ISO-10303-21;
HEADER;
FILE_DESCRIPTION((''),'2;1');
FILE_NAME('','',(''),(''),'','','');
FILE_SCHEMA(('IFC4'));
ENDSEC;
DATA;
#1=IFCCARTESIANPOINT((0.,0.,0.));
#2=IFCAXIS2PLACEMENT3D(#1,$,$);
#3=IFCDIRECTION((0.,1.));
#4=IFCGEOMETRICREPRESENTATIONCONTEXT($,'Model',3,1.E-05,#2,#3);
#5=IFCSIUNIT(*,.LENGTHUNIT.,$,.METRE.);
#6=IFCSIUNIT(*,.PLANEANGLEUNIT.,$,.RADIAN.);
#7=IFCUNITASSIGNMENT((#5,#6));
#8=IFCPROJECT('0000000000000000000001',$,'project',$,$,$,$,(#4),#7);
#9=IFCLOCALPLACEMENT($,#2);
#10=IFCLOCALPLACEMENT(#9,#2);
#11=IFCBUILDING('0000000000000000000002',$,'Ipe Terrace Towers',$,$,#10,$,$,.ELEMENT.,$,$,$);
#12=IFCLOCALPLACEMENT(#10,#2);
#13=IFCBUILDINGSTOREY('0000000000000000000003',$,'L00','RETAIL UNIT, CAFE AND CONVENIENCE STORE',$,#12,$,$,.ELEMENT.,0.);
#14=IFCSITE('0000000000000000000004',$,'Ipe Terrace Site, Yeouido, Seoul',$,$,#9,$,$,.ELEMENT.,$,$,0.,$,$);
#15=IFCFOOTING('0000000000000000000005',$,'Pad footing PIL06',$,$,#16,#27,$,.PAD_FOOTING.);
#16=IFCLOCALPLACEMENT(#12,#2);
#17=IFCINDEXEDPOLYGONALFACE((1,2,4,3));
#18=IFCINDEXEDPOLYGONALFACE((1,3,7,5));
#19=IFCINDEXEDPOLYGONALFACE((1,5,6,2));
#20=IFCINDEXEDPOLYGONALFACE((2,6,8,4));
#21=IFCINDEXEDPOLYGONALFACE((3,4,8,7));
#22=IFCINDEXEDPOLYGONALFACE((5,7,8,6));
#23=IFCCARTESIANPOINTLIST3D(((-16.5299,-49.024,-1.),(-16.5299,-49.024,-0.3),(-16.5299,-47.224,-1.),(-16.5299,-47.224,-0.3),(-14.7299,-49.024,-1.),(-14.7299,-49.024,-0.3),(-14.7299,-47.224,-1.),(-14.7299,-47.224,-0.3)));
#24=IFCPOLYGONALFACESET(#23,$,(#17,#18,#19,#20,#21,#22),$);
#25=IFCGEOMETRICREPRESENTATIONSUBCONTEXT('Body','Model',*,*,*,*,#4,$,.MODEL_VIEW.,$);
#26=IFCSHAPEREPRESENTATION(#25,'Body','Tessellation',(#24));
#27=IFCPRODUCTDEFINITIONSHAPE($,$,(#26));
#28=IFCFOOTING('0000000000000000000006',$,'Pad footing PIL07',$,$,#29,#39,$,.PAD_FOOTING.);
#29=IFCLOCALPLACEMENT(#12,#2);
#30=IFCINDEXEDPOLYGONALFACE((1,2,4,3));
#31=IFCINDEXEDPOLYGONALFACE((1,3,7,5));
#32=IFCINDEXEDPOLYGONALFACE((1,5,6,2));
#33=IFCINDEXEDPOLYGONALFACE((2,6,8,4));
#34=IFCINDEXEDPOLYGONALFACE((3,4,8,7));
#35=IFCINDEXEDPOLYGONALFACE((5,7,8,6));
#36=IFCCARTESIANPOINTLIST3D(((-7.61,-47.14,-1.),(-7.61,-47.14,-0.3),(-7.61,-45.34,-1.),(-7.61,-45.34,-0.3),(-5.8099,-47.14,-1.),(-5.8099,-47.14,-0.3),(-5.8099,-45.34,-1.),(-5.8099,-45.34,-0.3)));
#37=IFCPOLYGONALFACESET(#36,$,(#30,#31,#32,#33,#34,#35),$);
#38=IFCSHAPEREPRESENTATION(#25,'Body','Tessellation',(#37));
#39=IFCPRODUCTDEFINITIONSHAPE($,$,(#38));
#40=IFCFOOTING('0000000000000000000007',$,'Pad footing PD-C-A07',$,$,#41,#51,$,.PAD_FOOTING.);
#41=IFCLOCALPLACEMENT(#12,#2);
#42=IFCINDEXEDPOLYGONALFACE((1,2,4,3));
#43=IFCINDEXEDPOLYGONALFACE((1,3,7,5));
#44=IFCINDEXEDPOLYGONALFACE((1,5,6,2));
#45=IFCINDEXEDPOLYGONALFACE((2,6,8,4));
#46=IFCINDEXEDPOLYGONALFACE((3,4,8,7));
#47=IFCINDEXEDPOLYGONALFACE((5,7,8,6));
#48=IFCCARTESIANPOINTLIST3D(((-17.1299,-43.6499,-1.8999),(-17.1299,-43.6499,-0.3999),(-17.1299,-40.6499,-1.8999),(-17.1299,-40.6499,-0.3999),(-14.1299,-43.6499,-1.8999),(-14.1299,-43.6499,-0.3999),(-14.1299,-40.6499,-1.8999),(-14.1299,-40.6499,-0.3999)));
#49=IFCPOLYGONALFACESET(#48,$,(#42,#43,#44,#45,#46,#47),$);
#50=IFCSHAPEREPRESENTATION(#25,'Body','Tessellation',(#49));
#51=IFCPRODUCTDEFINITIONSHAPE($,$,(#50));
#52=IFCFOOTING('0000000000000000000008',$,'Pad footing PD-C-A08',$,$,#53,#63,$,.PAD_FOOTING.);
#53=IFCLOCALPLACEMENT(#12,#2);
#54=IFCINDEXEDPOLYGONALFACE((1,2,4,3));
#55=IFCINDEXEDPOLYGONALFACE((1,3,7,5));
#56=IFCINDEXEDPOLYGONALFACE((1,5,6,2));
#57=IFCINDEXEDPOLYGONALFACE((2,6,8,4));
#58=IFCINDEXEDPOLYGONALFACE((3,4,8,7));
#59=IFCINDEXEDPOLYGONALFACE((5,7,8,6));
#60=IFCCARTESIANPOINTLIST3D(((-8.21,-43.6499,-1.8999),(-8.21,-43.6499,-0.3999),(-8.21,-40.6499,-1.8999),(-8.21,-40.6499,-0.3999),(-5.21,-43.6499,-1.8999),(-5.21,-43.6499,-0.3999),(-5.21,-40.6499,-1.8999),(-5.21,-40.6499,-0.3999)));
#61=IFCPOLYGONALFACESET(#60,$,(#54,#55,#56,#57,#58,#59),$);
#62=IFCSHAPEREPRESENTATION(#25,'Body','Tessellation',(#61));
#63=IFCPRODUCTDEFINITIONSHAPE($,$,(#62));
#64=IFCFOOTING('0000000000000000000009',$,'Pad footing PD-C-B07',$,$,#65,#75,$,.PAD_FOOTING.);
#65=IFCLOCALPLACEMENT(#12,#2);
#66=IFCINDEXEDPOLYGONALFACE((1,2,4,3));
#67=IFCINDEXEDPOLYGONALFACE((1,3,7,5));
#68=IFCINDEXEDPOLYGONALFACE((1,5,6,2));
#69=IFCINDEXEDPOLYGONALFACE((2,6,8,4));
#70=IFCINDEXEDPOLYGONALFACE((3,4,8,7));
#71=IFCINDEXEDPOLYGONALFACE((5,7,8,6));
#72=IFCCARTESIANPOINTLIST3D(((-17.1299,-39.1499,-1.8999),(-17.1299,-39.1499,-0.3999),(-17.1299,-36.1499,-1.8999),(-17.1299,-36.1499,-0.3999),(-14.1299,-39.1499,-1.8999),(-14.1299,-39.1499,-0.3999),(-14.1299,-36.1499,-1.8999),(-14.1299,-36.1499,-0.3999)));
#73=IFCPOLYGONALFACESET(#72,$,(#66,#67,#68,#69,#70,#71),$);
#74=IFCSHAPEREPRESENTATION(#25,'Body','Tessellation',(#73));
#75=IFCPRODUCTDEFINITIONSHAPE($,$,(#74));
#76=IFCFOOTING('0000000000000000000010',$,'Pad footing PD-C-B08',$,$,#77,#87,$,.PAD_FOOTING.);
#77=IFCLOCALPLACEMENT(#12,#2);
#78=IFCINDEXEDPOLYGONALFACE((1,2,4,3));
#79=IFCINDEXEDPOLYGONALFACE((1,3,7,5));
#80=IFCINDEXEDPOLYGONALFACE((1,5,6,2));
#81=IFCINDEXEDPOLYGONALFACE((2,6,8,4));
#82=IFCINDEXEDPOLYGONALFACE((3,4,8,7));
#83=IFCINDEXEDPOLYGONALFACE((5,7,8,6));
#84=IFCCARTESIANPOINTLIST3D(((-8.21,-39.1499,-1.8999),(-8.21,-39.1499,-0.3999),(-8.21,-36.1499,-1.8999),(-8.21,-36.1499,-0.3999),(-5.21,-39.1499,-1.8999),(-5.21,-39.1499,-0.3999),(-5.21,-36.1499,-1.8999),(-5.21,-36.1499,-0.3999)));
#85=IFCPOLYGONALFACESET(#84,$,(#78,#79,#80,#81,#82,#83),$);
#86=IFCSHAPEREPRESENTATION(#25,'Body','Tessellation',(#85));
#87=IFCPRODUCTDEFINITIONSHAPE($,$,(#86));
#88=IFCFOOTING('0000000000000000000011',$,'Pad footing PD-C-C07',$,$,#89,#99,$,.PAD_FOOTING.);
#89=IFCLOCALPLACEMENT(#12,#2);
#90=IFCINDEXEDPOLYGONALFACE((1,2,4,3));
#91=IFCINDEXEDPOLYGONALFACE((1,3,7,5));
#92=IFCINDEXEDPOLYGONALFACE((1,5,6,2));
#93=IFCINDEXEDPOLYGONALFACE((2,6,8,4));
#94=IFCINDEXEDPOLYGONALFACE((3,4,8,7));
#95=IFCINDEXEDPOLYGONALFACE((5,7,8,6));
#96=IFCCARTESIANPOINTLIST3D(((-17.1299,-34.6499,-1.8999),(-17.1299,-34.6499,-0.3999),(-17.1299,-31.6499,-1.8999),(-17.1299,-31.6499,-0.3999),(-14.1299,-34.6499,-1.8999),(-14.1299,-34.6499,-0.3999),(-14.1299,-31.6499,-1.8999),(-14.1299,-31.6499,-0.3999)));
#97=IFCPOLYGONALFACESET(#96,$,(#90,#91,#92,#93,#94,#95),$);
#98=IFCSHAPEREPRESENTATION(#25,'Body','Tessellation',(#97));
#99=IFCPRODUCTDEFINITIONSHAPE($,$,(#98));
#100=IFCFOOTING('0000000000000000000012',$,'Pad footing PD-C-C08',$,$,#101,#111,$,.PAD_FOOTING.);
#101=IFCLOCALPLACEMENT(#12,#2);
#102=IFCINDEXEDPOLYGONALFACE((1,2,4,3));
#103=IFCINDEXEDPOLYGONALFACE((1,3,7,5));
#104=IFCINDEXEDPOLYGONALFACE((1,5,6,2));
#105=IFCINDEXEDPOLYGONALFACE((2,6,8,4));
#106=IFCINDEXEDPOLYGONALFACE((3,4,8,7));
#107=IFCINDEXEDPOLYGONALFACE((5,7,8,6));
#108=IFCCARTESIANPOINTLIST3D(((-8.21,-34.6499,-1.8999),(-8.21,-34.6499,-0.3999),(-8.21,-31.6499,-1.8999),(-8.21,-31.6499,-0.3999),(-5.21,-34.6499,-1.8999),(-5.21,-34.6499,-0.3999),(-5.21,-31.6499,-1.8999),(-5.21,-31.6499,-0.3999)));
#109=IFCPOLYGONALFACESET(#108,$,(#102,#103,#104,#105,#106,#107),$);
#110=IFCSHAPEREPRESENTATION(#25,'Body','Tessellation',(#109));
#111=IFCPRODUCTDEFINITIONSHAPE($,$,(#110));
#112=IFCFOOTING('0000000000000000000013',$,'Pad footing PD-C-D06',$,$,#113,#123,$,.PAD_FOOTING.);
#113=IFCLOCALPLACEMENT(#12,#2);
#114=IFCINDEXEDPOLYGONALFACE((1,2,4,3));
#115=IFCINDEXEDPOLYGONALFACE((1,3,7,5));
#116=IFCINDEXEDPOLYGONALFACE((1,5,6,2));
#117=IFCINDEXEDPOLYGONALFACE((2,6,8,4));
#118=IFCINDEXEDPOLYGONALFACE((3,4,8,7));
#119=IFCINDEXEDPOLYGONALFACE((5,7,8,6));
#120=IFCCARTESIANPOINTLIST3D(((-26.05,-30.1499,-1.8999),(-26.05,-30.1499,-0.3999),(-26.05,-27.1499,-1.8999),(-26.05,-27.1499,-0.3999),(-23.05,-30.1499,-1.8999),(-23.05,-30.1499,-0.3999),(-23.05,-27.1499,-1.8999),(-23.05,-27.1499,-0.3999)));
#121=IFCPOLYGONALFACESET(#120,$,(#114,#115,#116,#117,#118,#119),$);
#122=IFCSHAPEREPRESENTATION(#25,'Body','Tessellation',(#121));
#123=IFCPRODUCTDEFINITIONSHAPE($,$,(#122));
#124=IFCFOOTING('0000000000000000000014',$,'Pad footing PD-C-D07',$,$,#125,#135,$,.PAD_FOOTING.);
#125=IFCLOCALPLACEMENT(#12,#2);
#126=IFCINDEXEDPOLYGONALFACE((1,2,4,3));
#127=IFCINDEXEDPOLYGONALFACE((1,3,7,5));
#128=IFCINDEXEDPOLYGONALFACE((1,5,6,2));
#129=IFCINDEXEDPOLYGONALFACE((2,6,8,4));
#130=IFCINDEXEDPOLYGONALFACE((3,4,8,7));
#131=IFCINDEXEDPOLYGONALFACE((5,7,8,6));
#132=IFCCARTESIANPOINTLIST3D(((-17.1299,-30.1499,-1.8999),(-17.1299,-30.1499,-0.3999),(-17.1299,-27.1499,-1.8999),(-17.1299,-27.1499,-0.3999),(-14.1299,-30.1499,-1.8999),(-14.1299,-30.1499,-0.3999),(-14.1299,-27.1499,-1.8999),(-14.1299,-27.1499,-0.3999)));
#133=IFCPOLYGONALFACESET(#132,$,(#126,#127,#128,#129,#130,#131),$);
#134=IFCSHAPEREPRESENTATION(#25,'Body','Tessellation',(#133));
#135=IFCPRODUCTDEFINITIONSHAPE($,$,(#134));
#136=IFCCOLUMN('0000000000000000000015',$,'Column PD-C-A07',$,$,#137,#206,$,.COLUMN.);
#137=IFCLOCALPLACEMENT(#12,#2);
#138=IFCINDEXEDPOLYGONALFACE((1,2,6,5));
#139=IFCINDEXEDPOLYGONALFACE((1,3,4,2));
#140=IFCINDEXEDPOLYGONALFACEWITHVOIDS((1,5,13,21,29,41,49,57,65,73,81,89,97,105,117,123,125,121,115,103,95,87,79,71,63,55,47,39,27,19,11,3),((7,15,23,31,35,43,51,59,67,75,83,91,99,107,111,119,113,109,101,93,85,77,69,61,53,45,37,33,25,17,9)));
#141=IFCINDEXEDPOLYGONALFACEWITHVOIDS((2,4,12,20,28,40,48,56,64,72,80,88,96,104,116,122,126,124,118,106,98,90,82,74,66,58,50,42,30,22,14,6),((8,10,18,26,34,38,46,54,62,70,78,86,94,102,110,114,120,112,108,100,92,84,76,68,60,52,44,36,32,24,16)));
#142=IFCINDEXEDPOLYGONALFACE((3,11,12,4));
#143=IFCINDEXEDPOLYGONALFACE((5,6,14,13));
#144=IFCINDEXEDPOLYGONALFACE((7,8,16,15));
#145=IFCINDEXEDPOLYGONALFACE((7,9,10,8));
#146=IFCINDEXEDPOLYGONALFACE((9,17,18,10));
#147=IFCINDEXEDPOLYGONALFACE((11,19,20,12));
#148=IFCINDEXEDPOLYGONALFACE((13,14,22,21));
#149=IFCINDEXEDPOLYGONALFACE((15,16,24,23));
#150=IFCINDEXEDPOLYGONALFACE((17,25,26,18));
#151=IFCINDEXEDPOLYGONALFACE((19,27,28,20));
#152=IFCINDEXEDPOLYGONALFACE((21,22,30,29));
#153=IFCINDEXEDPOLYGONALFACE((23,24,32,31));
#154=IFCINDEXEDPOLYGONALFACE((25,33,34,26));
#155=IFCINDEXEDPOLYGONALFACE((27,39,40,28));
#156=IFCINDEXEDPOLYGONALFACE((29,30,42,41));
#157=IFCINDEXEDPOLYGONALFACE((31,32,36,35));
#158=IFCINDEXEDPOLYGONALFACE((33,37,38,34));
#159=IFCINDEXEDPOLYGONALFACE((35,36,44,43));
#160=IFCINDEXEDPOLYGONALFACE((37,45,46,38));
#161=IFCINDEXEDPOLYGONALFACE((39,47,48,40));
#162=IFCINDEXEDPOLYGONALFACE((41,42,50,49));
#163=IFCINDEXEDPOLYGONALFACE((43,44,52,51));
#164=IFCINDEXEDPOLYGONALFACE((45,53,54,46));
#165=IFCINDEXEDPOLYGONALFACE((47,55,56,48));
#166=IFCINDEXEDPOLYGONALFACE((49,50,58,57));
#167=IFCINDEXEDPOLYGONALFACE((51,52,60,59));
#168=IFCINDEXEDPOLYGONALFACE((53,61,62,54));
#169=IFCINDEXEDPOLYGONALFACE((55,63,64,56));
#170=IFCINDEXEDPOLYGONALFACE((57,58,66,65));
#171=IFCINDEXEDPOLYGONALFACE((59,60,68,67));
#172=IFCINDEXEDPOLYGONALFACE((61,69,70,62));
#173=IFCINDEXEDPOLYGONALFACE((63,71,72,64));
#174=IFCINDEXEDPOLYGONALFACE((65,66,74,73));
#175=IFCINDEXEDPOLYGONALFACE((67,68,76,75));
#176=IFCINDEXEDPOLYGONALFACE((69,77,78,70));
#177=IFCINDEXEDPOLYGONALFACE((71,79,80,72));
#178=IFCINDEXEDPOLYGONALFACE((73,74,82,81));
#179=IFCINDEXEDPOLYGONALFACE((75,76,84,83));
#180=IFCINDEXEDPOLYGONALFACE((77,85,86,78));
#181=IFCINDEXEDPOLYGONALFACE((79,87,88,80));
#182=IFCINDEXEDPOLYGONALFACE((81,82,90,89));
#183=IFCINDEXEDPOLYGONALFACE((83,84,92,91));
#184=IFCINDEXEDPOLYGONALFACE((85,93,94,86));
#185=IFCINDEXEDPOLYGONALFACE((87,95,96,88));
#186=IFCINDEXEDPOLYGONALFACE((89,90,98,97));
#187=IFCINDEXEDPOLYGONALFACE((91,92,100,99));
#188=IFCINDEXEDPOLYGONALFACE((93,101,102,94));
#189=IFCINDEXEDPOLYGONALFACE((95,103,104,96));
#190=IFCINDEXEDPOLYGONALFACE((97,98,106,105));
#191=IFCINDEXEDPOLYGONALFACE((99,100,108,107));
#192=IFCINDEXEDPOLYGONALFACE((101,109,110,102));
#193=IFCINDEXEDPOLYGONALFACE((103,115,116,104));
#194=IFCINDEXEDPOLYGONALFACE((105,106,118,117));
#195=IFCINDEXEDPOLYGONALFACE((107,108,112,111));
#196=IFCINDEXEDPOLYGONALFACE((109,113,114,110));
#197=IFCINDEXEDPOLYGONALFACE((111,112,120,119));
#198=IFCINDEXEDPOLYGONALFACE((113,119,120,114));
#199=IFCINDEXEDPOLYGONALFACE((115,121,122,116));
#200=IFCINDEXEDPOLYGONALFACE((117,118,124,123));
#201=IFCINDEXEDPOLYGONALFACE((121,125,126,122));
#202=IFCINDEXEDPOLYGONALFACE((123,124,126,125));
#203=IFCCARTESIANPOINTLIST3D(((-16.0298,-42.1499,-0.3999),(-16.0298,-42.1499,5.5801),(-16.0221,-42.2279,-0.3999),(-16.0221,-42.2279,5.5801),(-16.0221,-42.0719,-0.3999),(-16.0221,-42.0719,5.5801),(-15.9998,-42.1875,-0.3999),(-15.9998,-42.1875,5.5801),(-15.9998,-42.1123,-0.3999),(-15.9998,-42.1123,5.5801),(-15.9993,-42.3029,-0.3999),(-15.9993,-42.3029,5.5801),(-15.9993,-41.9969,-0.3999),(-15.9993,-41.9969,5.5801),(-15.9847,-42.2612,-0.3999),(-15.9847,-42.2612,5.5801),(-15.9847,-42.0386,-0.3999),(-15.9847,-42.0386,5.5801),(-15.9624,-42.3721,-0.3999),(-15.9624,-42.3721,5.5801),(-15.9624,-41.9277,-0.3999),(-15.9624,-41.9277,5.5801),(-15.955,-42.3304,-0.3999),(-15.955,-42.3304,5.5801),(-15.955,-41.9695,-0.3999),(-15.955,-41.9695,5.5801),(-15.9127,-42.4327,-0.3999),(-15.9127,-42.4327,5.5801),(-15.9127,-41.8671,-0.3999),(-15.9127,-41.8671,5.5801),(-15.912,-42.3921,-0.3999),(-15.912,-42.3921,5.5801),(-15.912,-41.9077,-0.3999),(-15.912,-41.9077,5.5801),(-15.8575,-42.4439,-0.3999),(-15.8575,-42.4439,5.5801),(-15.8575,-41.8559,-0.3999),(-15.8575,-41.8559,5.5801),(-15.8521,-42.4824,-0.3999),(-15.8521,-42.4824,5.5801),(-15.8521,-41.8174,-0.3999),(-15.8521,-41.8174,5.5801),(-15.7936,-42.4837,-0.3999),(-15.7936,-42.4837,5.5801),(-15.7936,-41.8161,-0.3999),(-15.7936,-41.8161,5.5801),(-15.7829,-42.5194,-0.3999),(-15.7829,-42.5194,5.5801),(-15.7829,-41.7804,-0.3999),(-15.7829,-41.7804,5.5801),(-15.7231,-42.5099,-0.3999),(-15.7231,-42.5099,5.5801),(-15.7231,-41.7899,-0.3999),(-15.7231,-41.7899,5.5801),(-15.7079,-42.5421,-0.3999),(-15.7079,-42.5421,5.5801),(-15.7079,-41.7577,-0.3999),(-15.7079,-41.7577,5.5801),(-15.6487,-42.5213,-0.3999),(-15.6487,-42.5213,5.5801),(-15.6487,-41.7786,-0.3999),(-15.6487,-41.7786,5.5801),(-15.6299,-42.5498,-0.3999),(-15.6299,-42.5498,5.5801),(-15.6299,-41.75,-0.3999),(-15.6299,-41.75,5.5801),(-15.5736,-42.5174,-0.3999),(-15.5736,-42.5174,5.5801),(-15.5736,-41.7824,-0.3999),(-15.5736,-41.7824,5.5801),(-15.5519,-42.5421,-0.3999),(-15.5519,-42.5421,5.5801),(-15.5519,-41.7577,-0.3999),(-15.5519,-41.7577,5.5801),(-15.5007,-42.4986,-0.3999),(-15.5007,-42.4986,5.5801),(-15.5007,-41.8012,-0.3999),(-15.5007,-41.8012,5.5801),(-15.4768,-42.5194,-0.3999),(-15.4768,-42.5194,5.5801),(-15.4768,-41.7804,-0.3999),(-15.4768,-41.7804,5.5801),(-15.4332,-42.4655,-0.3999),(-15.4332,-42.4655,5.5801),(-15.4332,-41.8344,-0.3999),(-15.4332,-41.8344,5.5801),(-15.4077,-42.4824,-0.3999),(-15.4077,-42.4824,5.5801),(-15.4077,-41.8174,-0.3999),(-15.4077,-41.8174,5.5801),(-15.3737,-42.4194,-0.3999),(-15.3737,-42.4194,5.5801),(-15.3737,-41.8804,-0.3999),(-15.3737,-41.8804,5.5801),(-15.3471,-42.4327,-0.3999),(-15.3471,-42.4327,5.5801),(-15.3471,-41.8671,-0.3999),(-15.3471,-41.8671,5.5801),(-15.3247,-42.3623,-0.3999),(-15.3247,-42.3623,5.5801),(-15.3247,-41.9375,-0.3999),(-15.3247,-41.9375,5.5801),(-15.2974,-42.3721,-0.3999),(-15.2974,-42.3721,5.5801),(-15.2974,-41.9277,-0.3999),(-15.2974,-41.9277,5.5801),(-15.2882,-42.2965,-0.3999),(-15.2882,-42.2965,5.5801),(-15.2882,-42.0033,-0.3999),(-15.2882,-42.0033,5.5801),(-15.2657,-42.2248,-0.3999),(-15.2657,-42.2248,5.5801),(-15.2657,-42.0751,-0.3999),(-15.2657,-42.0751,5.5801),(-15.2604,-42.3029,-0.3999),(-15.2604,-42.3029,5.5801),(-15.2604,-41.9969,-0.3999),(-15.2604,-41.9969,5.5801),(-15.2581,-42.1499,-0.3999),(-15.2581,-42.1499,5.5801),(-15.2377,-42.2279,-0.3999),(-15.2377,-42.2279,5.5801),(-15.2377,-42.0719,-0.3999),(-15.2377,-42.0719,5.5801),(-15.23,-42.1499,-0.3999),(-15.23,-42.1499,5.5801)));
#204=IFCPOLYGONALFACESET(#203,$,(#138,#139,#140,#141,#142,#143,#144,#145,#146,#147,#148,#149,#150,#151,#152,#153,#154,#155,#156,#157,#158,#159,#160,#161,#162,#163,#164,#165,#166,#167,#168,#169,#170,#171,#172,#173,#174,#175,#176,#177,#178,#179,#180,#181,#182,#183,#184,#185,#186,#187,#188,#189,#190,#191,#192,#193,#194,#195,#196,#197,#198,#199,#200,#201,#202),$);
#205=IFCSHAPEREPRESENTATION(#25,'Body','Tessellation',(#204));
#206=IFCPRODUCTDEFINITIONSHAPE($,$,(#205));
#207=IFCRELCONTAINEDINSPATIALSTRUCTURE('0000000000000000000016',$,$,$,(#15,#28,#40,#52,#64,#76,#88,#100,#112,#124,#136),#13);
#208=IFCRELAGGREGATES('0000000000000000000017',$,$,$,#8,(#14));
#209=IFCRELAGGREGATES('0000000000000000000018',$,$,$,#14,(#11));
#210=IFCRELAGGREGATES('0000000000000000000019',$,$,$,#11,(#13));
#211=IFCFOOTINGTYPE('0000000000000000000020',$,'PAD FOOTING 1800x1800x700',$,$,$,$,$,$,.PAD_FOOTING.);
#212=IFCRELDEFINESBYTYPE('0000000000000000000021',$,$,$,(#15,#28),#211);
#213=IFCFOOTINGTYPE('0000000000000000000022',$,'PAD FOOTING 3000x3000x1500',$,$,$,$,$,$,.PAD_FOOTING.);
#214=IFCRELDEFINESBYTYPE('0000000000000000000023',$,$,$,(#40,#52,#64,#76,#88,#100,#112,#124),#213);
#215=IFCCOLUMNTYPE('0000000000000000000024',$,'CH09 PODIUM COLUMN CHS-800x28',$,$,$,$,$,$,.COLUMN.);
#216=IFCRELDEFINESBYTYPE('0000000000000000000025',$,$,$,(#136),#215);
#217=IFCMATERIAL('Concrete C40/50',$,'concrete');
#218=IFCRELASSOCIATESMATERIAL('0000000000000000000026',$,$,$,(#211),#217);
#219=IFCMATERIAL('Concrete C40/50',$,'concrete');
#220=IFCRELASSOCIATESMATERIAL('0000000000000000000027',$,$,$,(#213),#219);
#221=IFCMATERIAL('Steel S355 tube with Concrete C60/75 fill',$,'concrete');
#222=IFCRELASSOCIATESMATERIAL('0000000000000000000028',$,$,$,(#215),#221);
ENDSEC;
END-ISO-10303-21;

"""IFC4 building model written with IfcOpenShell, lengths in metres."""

from ifc_helpers import new_model, si_unit, direction, frame, origin, origin_2d, place, context, subcontext, project, spatial, rectangle, hollow_circle, extrude, material, material_profile, profile_set, type_object, element, save


model = new_model("IFC4")

# Units and contexts
model_context = context("Model", 3, precision=1e-05, world=origin(), true_north=direction((0.0, 1.0)))
body_context = subcontext(model_context, "Body", "Model", "MODEL_VIEW")
ifc_project = project(units=[si_unit("LENGTHUNIT", "METRE"), si_unit("PLANEANGLEUNIT", "RADIAN")], contexts=[model_context])

# Site, building, storey
site_placement = place(None, origin())
site = spatial("IfcSite", under=ifc_project, at=site_placement, Name="Ipe Terrace Site, Yeouido, Seoul", CompositionType="ELEMENT", RefElevation=0.0)
building_placement = place(site_placement, origin())
building = spatial("IfcBuilding", under=site, at=building_placement, Name="Ipe Terrace Towers", CompositionType="ELEMENT")
storey_placement = place(building_placement, origin())
storey = spatial("IfcBuildingStorey", under=building, at=storey_placement, Name="L00", Description="RETAIL UNIT, CAFE AND CONVENIENCE STORE", CompositionType="ELEMENT", Elevation=0.0)

# Footings
ifc_material_1 = material(Name="Concrete C40/50", Category="concrete")
footing_type_1 = type_object("IfcFootingType", Name="PAD FOOTING 1800x1800x700", PredefinedType="PAD_FOOTING", material=ifc_material_1)
for number, where, z_axis, x_axis, name in (
    (1, (-15.6299, -48.124, -1.0), (0.0, 0.0, 1.0), (1.0, 0.0, 0.0), "Pad footing PIL06"),
    (2, (-6.71, -46.24, -1.0), (0.0, 0.0, 1.0), (1.0, 0.0, 0.0), "Pad footing PIL07"),
):
    element("IfcFooting", number, at=place(storey_placement, frame(where, z_axis=z_axis, x_axis=x_axis)), inside=storey, type_object=footing_type_1, Name=name, PredefinedType="PAD_FOOTING", context=body_context, shape_type="SweptSolid", body=[
        extrude(rectangle(XDim=1.8, YDim=1.8, at=origin_2d()), origin(), (0.0, 0.0, 1.0), 0.7),
    ])
ifc_material_2 = material(Name="Concrete C40/50", Category="concrete")
footing_type_2 = type_object("IfcFootingType", Name="PAD FOOTING 3000x3000x1500", PredefinedType="PAD_FOOTING", material=ifc_material_2)
for number, where, z_axis, x_axis, name in (
    (3, (-15.6299, -42.1499, -1.8999), (0.0, 0.0, 1.0), (1.0, 0.0, 0.0), "Pad footing PD-C-A07"),
    (4, (-6.71, -42.1499, -1.8999), (0.0, 0.0, 1.0), (1.0, 0.0, 0.0), "Pad footing PD-C-A08"),
    (5, (-15.6299, -37.6499, -1.8999), (0.0, 0.0, 1.0), (1.0, 0.0, 0.0), "Pad footing PD-C-B07"),
    (6, (-6.71, -37.6499, -1.8999), (0.0, 0.0, 1.0), (1.0, 0.0, 0.0), "Pad footing PD-C-B08"),
    (7, (-15.6299, -33.1499, -1.8999), (0.0, 0.0, 1.0), (1.0, 0.0, 0.0), "Pad footing PD-C-C07"),
    (8, (-6.71, -33.1499, -1.8999), (0.0, 0.0, 1.0), (1.0, 0.0, 0.0), "Pad footing PD-C-C08"),
    (9, (-24.55, -28.6499, -1.8999), (0.0, 0.0, 1.0), (1.0, 0.0, 0.0), "Pad footing PD-C-D06"),
    (10, (-15.6299, -28.6499, -1.8999), (0.0, 0.0, 1.0), (1.0, 0.0, 0.0), "Pad footing PD-C-D07"),
):
    element("IfcFooting", number, at=place(storey_placement, frame(where, z_axis=z_axis, x_axis=x_axis)), inside=storey, type_object=footing_type_2, Name=name, PredefinedType="PAD_FOOTING", context=body_context, shape_type="SweptSolid", body=[
        extrude(rectangle(XDim=3.0, YDim=3.0, at=origin_2d()), origin(), (0.0, 0.0, 1.0), 1.5),
    ])

# Column
ifc_material_3 = material(Name="Steel S355 tube with Concrete C60/75 fill", Category="concrete")
ifc_material_profile_1 = material_profile(ifc_material_3, hollow_circle(Radius=0.3999, WallThickness=0.0281, at=origin_2d()), Name="CHS-800x28")
ifc_profile_set_1 = profile_set([ifc_material_profile_1], Name="Steel S355 tube with Concrete C60/75 fill")
column_type_1 = type_object("IfcColumnType", Name="CH09 PODIUM COLUMN CHS-800x28", PredefinedType="COLUMN", material=ifc_profile_set_1)
for number, where, z_axis, x_axis, name in (
    (11, (-15.6299, -42.1499, -0.3999), (0.0, 0.0, 1.0), (1.0, 0.0, 0.0), "Column PD-C-A07"),
):
    element("IfcColumn", number, at=place(storey_placement, frame(where, z_axis=z_axis, x_axis=x_axis)), inside=storey, type_object=column_type_1, Name=name, PredefinedType="COLUMN", context=body_context, shape_type="SweptSolid", body=[
        extrude(hollow_circle(Radius=0.3999, WallThickness=0.0281, at=origin_2d()), origin(), (0.0, 0.0, 1.0), 5.98),
    ])

save(model, "model.ifc")
